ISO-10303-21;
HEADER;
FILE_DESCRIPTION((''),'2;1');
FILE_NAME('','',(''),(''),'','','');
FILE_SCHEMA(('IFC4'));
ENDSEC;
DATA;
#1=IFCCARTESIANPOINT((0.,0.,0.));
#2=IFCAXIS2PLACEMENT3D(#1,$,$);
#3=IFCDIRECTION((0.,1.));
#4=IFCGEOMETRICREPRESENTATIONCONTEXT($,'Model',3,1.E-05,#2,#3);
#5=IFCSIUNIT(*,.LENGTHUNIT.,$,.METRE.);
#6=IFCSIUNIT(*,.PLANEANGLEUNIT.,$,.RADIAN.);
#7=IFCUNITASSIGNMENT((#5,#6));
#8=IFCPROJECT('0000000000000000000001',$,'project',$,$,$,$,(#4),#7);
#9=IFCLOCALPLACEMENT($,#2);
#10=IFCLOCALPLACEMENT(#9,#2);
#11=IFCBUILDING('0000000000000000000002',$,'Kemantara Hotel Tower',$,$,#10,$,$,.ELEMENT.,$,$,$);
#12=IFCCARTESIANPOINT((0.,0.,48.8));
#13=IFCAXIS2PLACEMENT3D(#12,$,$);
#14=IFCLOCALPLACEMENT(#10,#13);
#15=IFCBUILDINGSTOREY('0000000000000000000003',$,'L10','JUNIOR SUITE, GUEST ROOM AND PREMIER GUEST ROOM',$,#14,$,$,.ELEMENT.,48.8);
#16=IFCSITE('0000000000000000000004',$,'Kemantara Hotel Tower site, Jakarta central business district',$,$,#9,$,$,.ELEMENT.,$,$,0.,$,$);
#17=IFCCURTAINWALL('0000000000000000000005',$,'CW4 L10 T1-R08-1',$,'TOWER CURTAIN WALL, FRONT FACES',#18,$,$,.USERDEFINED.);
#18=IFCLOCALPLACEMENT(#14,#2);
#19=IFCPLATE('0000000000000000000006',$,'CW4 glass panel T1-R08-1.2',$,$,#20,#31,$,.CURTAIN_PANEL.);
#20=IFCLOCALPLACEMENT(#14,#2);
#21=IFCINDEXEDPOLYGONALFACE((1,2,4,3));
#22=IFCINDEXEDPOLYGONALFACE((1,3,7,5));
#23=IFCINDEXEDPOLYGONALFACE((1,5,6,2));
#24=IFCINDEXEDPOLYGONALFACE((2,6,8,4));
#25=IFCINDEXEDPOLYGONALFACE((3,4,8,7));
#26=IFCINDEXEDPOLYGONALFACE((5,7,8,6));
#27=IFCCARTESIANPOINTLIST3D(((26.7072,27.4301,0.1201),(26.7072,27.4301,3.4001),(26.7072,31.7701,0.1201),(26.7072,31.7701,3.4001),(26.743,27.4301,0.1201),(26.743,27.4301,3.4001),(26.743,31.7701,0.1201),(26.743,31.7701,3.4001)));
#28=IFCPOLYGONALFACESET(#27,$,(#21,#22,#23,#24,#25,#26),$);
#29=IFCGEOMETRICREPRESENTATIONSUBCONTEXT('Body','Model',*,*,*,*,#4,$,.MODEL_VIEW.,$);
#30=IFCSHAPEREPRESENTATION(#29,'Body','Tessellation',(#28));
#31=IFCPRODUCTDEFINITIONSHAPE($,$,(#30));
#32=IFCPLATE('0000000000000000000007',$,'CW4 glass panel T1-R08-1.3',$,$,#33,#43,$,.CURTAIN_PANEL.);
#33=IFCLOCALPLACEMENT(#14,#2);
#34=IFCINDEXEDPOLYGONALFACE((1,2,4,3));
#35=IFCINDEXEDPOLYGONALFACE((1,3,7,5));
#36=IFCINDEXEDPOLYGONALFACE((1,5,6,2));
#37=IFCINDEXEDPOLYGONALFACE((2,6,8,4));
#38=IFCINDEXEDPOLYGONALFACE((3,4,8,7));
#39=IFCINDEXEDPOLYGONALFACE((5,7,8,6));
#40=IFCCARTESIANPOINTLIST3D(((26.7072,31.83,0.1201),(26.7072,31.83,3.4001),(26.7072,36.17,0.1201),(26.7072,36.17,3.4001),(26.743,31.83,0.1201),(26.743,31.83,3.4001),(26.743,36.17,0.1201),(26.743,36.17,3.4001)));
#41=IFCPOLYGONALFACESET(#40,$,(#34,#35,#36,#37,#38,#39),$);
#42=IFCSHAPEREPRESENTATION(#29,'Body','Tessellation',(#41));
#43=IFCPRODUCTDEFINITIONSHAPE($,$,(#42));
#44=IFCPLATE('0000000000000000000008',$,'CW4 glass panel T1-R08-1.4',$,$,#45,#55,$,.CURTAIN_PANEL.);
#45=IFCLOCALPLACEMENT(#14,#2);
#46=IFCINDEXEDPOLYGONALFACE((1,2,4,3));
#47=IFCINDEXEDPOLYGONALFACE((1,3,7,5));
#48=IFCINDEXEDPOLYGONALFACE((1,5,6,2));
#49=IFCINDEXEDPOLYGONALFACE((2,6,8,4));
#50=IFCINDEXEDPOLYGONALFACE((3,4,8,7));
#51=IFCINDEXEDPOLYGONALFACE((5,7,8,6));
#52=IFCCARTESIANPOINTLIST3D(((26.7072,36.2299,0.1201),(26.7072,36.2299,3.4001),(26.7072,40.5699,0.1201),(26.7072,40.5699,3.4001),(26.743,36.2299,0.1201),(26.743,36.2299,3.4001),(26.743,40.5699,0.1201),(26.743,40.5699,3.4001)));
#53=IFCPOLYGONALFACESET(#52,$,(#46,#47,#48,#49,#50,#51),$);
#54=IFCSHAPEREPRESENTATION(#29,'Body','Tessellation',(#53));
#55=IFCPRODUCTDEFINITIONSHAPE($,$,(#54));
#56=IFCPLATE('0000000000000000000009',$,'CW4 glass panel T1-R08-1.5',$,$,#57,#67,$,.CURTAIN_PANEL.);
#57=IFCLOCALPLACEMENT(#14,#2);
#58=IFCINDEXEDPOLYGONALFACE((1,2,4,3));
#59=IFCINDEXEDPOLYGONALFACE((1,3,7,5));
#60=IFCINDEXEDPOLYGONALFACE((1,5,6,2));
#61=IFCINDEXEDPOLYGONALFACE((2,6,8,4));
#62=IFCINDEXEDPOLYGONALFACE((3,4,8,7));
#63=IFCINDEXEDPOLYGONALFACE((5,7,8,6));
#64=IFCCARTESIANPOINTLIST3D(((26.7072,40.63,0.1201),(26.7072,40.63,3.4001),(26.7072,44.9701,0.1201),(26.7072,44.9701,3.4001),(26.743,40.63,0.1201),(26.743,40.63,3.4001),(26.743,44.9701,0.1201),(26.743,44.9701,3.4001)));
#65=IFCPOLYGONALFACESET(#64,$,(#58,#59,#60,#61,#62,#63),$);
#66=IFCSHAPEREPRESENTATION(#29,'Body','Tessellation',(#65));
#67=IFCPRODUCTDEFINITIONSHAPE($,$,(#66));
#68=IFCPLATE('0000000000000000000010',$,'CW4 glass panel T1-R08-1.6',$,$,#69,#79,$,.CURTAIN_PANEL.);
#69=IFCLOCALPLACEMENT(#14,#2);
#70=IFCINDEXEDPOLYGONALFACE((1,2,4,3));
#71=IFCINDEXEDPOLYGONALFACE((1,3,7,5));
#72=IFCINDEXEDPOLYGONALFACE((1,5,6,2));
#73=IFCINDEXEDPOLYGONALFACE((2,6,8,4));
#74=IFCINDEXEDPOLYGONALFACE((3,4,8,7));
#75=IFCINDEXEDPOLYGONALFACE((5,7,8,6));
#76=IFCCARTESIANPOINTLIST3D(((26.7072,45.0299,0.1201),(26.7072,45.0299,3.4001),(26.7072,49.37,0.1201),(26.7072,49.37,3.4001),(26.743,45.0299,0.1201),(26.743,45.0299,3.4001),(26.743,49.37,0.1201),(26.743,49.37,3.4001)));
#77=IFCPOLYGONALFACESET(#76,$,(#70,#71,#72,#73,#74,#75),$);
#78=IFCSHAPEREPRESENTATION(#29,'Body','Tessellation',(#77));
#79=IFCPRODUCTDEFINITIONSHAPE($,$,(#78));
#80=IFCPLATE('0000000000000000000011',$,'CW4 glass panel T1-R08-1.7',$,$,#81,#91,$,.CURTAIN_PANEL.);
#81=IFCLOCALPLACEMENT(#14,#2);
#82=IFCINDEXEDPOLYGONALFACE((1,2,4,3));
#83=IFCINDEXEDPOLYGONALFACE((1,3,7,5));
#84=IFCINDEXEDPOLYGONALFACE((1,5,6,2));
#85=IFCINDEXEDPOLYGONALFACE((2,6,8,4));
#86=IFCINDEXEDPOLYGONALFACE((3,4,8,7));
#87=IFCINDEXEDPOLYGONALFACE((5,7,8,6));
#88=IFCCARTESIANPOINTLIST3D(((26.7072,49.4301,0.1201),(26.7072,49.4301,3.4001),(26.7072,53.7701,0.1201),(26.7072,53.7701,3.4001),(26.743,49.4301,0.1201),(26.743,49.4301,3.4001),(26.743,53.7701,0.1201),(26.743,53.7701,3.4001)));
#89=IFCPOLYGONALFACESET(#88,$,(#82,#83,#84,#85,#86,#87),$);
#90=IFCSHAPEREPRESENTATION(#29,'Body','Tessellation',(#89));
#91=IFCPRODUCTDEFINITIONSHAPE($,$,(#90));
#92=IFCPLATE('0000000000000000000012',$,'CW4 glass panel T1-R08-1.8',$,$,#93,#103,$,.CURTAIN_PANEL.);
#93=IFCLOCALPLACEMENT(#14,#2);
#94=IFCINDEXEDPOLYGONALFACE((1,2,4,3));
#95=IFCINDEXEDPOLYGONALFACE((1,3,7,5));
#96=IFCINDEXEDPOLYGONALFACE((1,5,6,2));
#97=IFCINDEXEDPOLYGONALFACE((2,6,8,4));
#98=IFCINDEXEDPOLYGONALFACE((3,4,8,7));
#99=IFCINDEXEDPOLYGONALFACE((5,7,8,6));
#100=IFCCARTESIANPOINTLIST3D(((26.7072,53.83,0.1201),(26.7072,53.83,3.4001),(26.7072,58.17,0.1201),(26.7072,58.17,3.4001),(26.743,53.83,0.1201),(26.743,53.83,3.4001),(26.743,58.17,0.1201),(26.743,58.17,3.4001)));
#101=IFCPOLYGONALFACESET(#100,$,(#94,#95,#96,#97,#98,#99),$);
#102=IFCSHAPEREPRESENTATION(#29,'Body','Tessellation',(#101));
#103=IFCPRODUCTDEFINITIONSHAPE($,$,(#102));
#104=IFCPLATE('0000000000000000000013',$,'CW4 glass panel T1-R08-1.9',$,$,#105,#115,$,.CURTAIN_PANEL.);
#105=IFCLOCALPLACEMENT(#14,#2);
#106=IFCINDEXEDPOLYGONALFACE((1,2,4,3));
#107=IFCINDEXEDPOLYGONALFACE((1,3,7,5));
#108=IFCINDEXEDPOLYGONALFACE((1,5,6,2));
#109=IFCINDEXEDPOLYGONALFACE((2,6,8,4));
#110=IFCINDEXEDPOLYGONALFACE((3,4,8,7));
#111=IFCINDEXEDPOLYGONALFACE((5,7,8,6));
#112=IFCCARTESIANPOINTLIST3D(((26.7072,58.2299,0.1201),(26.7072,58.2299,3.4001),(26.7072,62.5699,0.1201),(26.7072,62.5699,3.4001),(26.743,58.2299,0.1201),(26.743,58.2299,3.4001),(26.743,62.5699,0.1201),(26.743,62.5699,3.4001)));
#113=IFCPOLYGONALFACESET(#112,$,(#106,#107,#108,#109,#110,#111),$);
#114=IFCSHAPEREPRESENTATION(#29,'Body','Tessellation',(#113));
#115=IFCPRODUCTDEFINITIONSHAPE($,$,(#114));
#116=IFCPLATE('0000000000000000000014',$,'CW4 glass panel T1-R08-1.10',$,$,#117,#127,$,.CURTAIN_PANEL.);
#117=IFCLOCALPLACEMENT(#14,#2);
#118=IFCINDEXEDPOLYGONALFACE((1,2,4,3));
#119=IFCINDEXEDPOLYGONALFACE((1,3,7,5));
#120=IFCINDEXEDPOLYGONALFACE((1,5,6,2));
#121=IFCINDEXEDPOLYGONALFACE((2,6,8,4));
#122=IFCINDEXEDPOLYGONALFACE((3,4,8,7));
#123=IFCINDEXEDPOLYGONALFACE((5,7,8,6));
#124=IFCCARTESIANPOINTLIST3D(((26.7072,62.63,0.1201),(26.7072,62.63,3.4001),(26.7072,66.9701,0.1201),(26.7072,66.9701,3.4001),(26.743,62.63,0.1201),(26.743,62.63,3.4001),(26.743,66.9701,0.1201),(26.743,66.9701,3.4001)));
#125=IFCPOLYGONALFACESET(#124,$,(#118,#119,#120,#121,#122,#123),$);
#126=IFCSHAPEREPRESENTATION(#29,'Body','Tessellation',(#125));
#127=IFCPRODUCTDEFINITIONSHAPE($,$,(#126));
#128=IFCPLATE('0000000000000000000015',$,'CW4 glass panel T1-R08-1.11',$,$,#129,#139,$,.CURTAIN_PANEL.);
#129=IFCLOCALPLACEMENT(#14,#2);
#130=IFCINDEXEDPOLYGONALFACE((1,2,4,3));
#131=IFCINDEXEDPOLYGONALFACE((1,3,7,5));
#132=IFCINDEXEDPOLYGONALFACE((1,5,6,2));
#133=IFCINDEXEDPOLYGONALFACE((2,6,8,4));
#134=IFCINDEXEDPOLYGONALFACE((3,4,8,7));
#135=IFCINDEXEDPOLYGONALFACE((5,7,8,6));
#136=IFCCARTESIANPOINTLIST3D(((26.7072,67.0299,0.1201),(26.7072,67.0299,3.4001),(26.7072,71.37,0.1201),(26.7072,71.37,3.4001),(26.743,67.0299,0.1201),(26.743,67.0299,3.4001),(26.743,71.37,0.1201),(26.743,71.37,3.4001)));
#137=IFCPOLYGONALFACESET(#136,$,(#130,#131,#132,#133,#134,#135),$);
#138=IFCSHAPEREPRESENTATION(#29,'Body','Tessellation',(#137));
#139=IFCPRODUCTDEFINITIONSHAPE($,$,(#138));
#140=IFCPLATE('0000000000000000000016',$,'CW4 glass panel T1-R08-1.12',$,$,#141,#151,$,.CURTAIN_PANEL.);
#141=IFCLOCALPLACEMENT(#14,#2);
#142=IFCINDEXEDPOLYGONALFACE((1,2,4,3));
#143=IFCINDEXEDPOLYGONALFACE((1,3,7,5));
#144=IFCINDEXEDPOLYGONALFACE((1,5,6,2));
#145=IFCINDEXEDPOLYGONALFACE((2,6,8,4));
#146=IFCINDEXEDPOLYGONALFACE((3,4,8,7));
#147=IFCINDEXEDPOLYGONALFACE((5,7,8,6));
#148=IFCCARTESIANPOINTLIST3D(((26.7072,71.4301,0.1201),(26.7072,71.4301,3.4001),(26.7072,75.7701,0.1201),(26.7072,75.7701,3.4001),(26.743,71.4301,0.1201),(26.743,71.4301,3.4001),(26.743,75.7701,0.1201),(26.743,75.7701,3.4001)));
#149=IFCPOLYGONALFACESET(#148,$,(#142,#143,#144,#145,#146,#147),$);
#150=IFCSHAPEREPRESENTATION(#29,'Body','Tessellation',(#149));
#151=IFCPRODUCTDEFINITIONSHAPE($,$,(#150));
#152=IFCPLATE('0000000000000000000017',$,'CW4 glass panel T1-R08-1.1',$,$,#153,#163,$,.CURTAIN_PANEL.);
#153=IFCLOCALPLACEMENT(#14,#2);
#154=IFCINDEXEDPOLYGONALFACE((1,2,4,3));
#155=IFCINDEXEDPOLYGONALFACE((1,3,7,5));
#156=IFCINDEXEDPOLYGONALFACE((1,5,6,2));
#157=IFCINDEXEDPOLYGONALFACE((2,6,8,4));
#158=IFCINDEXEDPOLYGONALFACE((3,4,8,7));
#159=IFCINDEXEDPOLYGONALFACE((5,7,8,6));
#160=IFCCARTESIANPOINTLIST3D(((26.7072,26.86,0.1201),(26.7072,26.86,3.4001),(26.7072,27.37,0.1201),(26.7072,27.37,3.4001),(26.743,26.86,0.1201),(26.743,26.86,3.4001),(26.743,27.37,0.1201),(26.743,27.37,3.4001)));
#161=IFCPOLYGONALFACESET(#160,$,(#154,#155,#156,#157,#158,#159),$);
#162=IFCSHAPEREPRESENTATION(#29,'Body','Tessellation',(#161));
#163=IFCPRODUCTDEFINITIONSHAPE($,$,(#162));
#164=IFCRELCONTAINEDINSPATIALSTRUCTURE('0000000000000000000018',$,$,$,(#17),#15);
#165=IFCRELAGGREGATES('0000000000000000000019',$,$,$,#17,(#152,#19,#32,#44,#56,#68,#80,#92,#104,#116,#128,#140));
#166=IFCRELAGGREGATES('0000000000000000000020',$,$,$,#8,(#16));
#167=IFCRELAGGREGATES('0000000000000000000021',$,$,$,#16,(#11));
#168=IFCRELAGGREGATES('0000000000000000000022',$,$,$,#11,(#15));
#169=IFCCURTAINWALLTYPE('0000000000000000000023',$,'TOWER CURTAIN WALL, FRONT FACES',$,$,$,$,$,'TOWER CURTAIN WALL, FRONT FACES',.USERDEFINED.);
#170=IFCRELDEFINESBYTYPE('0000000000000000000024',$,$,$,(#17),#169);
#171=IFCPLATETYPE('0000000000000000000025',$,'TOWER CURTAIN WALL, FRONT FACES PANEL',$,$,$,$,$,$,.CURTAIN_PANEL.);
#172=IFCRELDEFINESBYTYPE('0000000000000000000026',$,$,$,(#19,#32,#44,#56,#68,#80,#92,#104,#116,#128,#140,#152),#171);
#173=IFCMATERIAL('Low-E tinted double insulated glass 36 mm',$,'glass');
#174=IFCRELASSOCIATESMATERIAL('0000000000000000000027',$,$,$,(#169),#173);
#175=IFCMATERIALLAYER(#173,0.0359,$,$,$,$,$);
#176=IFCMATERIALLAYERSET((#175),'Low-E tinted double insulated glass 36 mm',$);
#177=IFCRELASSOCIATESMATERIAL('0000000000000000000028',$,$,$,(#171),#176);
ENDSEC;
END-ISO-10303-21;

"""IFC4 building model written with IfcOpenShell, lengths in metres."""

from ifc_helpers import new_model, si_unit, direction, frame, origin, origin_2d, place, context, subcontext, project, spatial, rectangle, extrude, source, transform, mapped, material, layer, layer_set, type_object, element, aggregate, save


model = new_model("IFC4")

# Units and contexts
model_context = context("Model", 3, precision=1e-05, world=origin(), true_north=direction((0.0, 1.0)))
body_context = subcontext(model_context, "Body", "Model", "MODEL_VIEW")
ifc_project = project(units=[si_unit("LENGTHUNIT", "METRE"), si_unit("PLANEANGLEUNIT", "RADIAN")], contexts=[model_context])

# Site, building, storey
site_placement = place(None, origin())
site = spatial("IfcSite", under=ifc_project, at=site_placement, Name="Kemantara Hotel Tower site, Jakarta central business district", CompositionType="ELEMENT", RefElevation=0.0)
building_placement = place(site_placement, origin())
building = spatial("IfcBuilding", under=site, at=building_placement, Name="Kemantara Hotel Tower", CompositionType="ELEMENT")
storey_placement = place(building_placement, frame((0.0, 0.0, 48.8)))
storey = spatial("IfcBuildingStorey", under=building, at=storey_placement, Name="L10", Description="JUNIOR SUITE, GUEST ROOM AND PREMIER GUEST ROOM", CompositionType="ELEMENT", Elevation=48.8)

# Curtain wall
ifc_material_1 = material(Name="Low-E tinted double insulated glass 36 mm", Category="glass")
curtain_wall_type = type_object("IfcCurtainWallType", Name="TOWER CURTAIN WALL, FRONT FACES", ElementType="TOWER CURTAIN WALL, FRONT FACES", PredefinedType="USERDEFINED", material=ifc_material_1)
curtain_wall_1_placement = place(storey_placement, origin())
curtain_wall_1 = element("IfcCurtainWall", 1, at=curtain_wall_1_placement, inside=storey, type_object=curtain_wall_type, Name="CW4 L10 T1-R08-1", ObjectType="TOWER CURTAIN WALL, FRONT FACES", PredefinedType="USERDEFINED")

# Plates
ifc_layer = layer(ifc_material_1, 0.0359)
ifc_layer_set = layer_set([ifc_layer], Name="Low-E tinted double insulated glass 36 mm")
plate_type = type_object("IfcPlateType", Name="TOWER CURTAIN WALL, FRONT FACES PANEL", PredefinedType="CURTAIN_PANEL", material=ifc_layer_set)
shared_shape_1 = source(origin(), body_context, "Body", "SweptSolid", [
    extrude(rectangle(XDim=4.3401, YDim=0.0359, at=origin_2d()), origin(), (0.0, 0.0, 1.0), 3.28),
])
plate_1_placement = place(storey_placement, frame((26.7251, 29.6001, 0.1201), z_axis=(0.0, 0.0, 1.0), x_axis=(0.0, 1.0, 0.0)))
plate_1 = element("IfcPlate", 2, at=plate_1_placement, type_object=plate_type, Name="CW4 glass panel T1-R08-1.2", PredefinedType="CURTAIN_PANEL", context=body_context, shape_type="MappedRepresentation", body=[
    mapped(shared_shape_1, transform((0.0, 0.0, 0.0))),
])
plate_2_placement = place(storey_placement, frame((26.7251, 34.0, 0.1201), z_axis=(0.0, 0.0, 1.0), x_axis=(0.0, 1.0, 0.0)))
plate_2 = element("IfcPlate", 3, at=plate_2_placement, type_object=plate_type, Name="CW4 glass panel T1-R08-1.3", PredefinedType="CURTAIN_PANEL", context=body_context, shape_type="MappedRepresentation", body=[
    mapped(shared_shape_1, transform((0.0, 0.0, 0.0))),
])
plate_3_placement = place(storey_placement, frame((26.7251, 38.3999, 0.1201), z_axis=(0.0, 0.0, 1.0), x_axis=(0.0, 1.0, 0.0)))
plate_3 = element("IfcPlate", 4, at=plate_3_placement, type_object=plate_type, Name="CW4 glass panel T1-R08-1.4", PredefinedType="CURTAIN_PANEL", context=body_context, shape_type="MappedRepresentation", body=[
    mapped(shared_shape_1, transform((0.0, 0.0, 0.0))),
])
plate_4_placement = place(storey_placement, frame((26.7251, 42.8, 0.1201), z_axis=(0.0, 0.0, 1.0), x_axis=(0.0, 1.0, 0.0)))
plate_4 = element("IfcPlate", 5, at=plate_4_placement, type_object=plate_type, Name="CW4 glass panel T1-R08-1.5", PredefinedType="CURTAIN_PANEL", context=body_context, shape_type="MappedRepresentation", body=[
    mapped(shared_shape_1, transform((0.0, 0.0, 0.0))),
])
plate_5_placement = place(storey_placement, frame((26.7251, 47.2, 0.1201), z_axis=(0.0, 0.0, 1.0), x_axis=(0.0, 1.0, 0.0)))
plate_5 = element("IfcPlate", 6, at=plate_5_placement, type_object=plate_type, Name="CW4 glass panel T1-R08-1.6", PredefinedType="CURTAIN_PANEL", context=body_context, shape_type="MappedRepresentation", body=[
    mapped(shared_shape_1, transform((0.0, 0.0, 0.0))),
])
plate_6_placement = place(storey_placement, frame((26.7251, 51.6001, 0.1201), z_axis=(0.0, 0.0, 1.0), x_axis=(0.0, 1.0, 0.0)))
plate_6 = element("IfcPlate", 7, at=plate_6_placement, type_object=plate_type, Name="CW4 glass panel T1-R08-1.7", PredefinedType="CURTAIN_PANEL", context=body_context, shape_type="MappedRepresentation", body=[
    mapped(shared_shape_1, transform((0.0, 0.0, 0.0))),
])
plate_7_placement = place(storey_placement, frame((26.7251, 56.0, 0.1201), z_axis=(0.0, 0.0, 1.0), x_axis=(0.0, 1.0, 0.0)))
plate_7 = element("IfcPlate", 8, at=plate_7_placement, type_object=plate_type, Name="CW4 glass panel T1-R08-1.8", PredefinedType="CURTAIN_PANEL", context=body_context, shape_type="MappedRepresentation", body=[
    mapped(shared_shape_1, transform((0.0, 0.0, 0.0))),
])
plate_8_placement = place(storey_placement, frame((26.7251, 60.3999, 0.1201), z_axis=(0.0, 0.0, 1.0), x_axis=(0.0, 1.0, 0.0)))
plate_8 = element("IfcPlate", 9, at=plate_8_placement, type_object=plate_type, Name="CW4 glass panel T1-R08-1.9", PredefinedType="CURTAIN_PANEL", context=body_context, shape_type="MappedRepresentation", body=[
    mapped(shared_shape_1, transform((0.0, 0.0, 0.0))),
])
plate_9_placement = place(storey_placement, frame((26.7251, 64.8, 0.1201), z_axis=(0.0, 0.0, 1.0), x_axis=(0.0, 1.0, 0.0)))
plate_9 = element("IfcPlate", 10, at=plate_9_placement, type_object=plate_type, Name="CW4 glass panel T1-R08-1.10", PredefinedType="CURTAIN_PANEL", context=body_context, shape_type="MappedRepresentation", body=[
    mapped(shared_shape_1, transform((0.0, 0.0, 0.0))),
])
plate_10_placement = place(storey_placement, frame((26.7251, 69.2, 0.1201), z_axis=(0.0, 0.0, 1.0), x_axis=(0.0, 1.0, 0.0)))
plate_10 = element("IfcPlate", 11, at=plate_10_placement, type_object=plate_type, Name="CW4 glass panel T1-R08-1.11", PredefinedType="CURTAIN_PANEL", context=body_context, shape_type="MappedRepresentation", body=[
    mapped(shared_shape_1, transform((0.0, 0.0, 0.0))),
])
plate_11_placement = place(storey_placement, frame((26.7251, 73.6001, 0.1201), z_axis=(0.0, 0.0, 1.0), x_axis=(0.0, 1.0, 0.0)))
plate_11 = element("IfcPlate", 12, at=plate_11_placement, type_object=plate_type, Name="CW4 glass panel T1-R08-1.12", PredefinedType="CURTAIN_PANEL", context=body_context, shape_type="MappedRepresentation", body=[
    mapped(shared_shape_1, transform((0.0, 0.0, 0.0))),
])
shared_shape_2 = source(origin(), body_context, "Body", "SweptSolid", [
    extrude(rectangle(XDim=0.51, YDim=0.0359, at=origin_2d()), origin(), (0.0, 0.0, 1.0), 3.28),
])
plate_12_placement = place(storey_placement, frame((26.7251, 27.115, 0.1201), z_axis=(0.0, 0.0, 1.0), x_axis=(0.0, 1.0, 0.0)))
plate_12 = element("IfcPlate", 13, at=plate_12_placement, type_object=plate_type, Name="CW4 glass panel T1-R08-1.1", PredefinedType="CURTAIN_PANEL", context=body_context, shape_type="MappedRepresentation", body=[
    mapped(shared_shape_2, transform((0.0, 0.0, 0.0))),
])
aggregate(curtain_wall_1, [plate_12, plate_1, plate_2, plate_3, plate_4, plate_5, plate_6, plate_7, plate_8, plate_9, plate_10, plate_11])

save(model, "model.ifc")
